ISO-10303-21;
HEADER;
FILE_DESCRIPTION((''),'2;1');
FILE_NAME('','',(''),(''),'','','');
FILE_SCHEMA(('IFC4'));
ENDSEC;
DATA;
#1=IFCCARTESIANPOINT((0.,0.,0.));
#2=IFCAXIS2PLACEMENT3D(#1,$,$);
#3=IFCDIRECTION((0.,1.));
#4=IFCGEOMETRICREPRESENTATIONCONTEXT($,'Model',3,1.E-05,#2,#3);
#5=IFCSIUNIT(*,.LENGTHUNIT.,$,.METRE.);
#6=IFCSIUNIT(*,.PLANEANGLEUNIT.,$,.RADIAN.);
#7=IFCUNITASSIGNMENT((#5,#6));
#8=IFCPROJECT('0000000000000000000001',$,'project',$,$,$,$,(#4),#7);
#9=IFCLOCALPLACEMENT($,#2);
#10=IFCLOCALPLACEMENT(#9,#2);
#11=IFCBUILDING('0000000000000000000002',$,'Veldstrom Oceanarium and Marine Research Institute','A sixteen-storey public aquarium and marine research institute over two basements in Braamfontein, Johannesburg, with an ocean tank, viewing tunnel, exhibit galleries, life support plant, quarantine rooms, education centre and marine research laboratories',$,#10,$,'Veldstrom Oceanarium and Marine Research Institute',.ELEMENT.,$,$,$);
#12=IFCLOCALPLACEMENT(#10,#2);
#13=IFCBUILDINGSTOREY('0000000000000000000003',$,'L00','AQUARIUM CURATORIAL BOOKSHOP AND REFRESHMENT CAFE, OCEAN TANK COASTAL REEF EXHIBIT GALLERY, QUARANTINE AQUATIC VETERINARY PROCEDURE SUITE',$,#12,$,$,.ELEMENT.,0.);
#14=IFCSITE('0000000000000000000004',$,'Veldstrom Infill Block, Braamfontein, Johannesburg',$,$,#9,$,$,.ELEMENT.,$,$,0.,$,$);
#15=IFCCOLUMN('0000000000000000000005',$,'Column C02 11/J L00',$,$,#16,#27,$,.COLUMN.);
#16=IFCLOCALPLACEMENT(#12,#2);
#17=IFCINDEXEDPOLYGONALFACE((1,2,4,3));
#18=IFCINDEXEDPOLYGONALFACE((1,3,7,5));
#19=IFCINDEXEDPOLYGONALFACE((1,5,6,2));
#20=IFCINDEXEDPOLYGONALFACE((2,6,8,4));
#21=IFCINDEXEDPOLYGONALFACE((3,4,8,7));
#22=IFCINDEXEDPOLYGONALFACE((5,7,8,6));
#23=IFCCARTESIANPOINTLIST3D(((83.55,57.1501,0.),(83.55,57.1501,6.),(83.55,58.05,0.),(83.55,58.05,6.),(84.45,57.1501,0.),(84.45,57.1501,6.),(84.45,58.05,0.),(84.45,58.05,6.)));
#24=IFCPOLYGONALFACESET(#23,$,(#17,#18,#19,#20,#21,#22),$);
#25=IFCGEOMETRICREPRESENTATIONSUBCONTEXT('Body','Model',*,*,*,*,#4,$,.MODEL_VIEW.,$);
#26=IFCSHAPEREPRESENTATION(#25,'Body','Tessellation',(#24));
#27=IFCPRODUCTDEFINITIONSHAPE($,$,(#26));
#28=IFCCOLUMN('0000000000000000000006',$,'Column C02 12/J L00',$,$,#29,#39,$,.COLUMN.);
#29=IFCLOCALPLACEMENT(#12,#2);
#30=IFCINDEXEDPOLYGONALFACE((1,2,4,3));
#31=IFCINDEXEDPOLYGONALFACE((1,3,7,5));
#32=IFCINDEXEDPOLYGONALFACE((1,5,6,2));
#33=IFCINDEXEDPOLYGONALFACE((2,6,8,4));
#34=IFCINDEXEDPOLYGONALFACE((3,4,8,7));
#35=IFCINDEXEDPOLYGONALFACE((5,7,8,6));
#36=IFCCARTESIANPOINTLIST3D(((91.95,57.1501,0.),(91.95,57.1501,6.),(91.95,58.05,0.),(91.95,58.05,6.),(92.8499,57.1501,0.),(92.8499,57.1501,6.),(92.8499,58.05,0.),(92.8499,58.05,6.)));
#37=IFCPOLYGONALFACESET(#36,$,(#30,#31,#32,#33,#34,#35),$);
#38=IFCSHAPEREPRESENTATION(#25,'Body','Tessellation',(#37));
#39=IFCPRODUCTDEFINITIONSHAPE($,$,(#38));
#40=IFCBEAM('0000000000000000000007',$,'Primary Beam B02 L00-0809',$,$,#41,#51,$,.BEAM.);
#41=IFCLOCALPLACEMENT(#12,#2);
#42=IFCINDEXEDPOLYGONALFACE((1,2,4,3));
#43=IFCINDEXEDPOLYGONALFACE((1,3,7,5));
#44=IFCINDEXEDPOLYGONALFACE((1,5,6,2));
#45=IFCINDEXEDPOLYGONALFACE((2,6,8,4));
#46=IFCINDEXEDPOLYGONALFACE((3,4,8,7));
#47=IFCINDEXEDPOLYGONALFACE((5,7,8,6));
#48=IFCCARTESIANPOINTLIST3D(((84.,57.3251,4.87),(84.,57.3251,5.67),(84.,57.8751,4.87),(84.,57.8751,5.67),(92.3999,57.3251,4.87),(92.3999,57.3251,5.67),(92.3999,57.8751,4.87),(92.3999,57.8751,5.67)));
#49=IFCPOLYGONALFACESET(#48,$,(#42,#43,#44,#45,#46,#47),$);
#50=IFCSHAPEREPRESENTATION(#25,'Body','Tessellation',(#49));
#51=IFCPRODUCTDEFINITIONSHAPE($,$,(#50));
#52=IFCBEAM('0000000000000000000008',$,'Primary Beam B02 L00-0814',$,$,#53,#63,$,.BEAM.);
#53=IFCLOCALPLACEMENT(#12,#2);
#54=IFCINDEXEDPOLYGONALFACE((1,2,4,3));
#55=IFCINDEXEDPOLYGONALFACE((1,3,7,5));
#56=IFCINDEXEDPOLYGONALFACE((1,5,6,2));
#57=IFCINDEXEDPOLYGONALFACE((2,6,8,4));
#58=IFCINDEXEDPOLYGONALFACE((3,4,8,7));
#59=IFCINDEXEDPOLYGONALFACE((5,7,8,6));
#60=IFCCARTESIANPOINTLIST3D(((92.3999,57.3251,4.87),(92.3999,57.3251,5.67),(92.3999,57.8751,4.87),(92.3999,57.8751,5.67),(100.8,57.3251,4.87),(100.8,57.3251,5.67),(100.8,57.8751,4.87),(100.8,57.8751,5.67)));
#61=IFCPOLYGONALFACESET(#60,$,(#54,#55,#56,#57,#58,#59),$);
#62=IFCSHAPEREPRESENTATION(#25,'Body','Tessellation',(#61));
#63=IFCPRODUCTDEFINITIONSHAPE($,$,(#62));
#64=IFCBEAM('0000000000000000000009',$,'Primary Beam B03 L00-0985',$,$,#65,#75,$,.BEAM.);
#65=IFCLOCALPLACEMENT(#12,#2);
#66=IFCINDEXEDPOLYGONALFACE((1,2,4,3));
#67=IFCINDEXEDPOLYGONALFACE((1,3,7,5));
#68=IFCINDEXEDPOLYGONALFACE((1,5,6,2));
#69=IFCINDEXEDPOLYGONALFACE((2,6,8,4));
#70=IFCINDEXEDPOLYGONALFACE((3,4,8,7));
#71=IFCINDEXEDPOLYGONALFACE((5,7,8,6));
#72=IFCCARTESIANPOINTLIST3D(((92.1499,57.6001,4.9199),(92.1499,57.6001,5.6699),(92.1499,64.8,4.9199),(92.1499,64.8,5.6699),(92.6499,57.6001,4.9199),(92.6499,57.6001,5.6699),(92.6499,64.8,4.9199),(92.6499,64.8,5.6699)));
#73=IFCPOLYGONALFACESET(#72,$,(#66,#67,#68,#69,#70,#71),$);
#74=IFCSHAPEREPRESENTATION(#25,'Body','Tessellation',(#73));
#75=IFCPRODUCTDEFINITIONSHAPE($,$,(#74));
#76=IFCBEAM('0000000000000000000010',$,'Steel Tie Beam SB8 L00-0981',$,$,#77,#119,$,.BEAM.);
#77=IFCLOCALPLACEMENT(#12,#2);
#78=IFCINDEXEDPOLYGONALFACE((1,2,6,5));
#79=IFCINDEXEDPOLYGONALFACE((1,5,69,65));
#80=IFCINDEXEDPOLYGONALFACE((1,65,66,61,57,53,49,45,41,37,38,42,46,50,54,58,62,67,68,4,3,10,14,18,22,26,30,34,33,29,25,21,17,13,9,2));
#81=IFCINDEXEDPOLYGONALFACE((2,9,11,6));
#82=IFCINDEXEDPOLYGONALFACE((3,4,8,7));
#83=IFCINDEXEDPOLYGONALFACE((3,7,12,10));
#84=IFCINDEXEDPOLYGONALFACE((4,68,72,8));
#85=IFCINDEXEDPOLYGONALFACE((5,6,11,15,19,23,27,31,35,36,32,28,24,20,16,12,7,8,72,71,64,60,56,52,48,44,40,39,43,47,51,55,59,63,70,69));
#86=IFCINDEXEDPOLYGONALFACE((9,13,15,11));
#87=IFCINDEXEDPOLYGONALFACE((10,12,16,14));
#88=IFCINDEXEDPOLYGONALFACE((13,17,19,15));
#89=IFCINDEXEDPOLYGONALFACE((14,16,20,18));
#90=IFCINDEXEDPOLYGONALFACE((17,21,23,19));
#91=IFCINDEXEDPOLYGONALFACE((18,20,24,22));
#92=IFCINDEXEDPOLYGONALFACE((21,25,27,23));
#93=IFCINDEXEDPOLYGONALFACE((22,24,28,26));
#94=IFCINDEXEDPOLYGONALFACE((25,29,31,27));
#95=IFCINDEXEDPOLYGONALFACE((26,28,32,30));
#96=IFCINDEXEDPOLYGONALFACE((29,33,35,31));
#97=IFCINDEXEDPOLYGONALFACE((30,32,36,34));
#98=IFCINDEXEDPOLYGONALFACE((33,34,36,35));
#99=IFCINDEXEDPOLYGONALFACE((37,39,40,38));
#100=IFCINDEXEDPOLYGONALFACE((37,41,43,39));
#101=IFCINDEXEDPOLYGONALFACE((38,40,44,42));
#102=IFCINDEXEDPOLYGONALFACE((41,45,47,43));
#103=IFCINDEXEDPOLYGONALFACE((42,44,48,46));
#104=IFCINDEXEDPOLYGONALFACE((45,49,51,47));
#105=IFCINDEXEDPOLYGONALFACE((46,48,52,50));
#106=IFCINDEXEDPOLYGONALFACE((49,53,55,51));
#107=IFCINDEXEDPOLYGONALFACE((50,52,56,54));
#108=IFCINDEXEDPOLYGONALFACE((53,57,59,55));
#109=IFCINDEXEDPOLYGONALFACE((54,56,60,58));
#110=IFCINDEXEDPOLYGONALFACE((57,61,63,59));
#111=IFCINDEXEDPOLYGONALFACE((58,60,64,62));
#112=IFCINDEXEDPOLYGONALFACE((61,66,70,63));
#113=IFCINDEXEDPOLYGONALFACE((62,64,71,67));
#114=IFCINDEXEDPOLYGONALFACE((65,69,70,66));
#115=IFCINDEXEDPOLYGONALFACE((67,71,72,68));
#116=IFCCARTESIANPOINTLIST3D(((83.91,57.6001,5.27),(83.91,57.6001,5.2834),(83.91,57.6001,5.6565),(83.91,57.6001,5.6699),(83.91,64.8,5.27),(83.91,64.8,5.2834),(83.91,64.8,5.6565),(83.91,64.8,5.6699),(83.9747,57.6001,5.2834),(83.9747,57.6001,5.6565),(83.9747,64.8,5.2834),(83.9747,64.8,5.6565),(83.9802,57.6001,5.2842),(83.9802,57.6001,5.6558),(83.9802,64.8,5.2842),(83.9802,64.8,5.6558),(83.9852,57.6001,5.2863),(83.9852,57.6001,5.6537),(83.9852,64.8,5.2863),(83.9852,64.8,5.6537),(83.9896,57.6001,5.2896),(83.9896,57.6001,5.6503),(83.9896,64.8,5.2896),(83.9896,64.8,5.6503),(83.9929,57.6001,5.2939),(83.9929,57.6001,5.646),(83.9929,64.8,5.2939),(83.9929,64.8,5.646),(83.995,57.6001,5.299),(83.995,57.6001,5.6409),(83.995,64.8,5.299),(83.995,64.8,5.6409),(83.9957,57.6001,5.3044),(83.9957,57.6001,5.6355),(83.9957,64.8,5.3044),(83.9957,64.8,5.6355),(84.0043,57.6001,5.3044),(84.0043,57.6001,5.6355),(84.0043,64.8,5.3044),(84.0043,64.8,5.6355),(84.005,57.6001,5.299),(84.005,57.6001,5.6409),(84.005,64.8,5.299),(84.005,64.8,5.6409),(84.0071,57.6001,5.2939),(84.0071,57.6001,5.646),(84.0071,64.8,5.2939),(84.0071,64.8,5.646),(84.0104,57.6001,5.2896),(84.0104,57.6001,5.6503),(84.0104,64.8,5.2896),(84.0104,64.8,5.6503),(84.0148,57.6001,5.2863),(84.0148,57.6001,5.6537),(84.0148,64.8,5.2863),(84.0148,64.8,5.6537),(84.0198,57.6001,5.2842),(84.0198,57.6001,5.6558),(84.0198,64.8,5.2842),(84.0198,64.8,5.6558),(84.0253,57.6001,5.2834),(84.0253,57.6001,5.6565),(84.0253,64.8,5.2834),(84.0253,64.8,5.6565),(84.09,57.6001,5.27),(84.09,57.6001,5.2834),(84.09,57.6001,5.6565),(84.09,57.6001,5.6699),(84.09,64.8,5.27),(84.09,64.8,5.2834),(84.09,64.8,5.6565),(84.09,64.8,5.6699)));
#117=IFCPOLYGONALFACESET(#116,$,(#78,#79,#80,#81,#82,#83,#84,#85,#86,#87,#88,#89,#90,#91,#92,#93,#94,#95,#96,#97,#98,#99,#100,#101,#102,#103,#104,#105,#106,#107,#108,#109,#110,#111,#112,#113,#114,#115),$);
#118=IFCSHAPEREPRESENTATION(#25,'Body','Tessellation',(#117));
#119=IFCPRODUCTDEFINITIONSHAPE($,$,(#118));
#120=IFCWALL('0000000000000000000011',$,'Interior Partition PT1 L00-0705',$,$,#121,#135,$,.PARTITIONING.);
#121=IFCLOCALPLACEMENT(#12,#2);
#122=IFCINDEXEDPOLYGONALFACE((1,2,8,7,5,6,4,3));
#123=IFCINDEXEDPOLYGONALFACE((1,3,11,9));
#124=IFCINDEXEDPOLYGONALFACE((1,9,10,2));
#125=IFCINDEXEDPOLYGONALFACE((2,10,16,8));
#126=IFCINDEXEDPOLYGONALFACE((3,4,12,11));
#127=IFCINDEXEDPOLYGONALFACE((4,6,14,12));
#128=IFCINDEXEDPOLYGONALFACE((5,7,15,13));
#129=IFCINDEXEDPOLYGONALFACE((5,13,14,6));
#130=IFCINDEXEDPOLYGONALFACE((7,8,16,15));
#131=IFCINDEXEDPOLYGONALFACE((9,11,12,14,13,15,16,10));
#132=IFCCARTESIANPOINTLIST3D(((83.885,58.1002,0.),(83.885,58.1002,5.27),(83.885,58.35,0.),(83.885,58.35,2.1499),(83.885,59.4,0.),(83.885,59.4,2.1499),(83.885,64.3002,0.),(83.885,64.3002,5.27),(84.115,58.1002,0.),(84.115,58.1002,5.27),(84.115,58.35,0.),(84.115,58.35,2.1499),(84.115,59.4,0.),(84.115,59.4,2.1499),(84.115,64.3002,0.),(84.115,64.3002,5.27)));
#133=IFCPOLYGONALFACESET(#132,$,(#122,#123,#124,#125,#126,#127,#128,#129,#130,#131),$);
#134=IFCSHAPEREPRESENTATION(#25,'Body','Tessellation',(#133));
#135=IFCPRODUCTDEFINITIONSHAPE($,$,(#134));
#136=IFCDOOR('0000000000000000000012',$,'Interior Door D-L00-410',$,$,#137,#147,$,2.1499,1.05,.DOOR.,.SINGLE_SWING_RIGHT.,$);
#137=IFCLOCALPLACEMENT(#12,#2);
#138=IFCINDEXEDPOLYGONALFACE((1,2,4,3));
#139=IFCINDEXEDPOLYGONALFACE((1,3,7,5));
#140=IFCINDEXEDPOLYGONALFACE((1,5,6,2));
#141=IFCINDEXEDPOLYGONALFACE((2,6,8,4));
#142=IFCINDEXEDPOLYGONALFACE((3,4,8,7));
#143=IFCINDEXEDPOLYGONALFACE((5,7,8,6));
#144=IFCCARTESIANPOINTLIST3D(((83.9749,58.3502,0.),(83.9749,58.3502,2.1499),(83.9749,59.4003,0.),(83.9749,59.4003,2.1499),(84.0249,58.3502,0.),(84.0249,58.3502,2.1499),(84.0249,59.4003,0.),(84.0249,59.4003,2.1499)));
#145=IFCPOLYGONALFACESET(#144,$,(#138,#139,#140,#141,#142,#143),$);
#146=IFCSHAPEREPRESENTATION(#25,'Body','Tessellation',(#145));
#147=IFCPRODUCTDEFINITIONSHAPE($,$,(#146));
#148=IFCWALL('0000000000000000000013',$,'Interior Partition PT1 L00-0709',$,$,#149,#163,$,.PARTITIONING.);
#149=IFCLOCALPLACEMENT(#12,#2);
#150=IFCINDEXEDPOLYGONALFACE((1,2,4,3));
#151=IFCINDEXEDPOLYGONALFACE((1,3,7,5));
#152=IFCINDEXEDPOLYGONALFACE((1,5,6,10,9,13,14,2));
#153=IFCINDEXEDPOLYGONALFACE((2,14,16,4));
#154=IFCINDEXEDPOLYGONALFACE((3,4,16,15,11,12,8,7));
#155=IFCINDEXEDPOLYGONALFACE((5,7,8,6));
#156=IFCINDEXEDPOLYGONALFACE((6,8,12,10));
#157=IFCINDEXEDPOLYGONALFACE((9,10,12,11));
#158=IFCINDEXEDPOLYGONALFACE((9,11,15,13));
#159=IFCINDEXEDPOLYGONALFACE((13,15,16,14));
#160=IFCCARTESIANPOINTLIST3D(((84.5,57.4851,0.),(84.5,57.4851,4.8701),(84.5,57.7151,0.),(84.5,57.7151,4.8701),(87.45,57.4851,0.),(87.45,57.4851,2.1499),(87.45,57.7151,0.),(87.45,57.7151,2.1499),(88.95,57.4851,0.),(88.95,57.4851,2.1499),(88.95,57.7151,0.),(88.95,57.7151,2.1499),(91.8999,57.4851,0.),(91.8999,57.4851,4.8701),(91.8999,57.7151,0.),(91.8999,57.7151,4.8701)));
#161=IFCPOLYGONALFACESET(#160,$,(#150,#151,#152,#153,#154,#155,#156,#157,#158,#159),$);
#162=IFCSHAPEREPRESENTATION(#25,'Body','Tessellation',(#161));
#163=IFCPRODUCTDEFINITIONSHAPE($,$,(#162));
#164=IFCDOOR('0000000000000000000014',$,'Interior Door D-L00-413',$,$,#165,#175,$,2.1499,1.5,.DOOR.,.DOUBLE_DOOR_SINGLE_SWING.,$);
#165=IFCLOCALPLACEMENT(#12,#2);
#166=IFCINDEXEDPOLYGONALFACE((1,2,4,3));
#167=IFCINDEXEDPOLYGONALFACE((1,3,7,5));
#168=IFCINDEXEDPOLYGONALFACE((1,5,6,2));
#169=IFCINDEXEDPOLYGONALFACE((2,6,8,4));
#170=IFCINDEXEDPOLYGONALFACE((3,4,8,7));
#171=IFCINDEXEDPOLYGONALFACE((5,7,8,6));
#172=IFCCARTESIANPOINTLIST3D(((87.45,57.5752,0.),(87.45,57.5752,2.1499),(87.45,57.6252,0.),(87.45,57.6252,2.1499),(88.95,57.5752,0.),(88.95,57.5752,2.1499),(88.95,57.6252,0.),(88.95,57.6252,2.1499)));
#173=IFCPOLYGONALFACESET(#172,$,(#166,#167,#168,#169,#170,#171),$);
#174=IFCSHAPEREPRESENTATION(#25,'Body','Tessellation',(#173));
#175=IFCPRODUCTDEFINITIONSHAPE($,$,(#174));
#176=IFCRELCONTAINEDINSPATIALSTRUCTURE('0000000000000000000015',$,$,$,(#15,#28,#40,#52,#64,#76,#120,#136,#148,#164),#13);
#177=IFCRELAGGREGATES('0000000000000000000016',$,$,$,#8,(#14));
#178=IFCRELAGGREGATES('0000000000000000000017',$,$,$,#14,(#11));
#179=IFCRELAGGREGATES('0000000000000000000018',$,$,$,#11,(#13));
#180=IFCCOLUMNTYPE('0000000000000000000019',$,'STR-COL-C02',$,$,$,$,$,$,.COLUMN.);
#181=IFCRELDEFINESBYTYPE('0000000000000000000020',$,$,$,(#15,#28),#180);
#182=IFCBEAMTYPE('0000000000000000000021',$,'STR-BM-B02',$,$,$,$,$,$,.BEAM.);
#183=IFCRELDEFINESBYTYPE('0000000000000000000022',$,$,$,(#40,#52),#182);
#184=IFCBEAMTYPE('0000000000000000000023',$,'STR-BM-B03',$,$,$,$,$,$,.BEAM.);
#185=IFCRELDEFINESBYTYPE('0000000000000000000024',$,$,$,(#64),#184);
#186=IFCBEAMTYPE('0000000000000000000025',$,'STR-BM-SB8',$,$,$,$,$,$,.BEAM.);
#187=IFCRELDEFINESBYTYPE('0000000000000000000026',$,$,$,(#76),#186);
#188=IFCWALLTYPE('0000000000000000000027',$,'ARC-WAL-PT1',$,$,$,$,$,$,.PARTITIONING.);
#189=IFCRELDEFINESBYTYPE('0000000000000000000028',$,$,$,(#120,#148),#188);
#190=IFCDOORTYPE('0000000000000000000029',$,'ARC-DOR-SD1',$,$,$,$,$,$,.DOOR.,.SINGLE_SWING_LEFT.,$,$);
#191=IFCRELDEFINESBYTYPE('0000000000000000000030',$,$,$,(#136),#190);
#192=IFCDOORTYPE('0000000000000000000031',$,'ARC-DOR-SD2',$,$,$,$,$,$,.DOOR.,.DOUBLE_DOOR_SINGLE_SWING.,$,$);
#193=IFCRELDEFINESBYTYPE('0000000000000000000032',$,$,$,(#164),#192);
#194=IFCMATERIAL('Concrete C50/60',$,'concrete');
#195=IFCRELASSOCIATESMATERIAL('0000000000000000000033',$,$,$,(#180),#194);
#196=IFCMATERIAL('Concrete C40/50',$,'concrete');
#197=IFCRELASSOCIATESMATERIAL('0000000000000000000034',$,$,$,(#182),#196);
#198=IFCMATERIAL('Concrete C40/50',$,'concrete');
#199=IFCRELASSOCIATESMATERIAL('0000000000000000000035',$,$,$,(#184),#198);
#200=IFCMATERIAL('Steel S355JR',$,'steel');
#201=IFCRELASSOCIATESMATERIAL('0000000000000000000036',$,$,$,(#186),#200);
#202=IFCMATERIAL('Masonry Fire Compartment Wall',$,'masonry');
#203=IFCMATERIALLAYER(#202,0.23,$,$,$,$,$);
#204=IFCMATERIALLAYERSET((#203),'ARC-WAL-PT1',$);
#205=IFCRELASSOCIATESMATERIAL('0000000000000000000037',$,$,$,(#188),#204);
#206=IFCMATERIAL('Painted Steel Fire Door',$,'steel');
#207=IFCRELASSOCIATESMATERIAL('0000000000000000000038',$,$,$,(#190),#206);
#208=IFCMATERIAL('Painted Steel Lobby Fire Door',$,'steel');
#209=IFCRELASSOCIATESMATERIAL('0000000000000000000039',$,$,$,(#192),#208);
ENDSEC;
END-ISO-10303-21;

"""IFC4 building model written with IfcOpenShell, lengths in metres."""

from ifc_helpers import new_model, si_unit, direction, frame, frame_2d, origin, origin_2d, place, context, subcontext, project, spatial, rectangle, i_section, extrude, material, layer, layer_set, material_profile, profile_set, type_object, element, fill, save


model = new_model("IFC4")

# Units and contexts
model_context = context("Model", 3, precision=1e-05, world=origin(), true_north=direction((0.0, 1.0)))
body_context = subcontext(model_context, "Body", "Model", "MODEL_VIEW")
ifc_project = project(units=[si_unit("LENGTHUNIT", "METRE"), si_unit("PLANEANGLEUNIT", "RADIAN")], contexts=[model_context])

# Site, building, storey
site_placement = place(None, origin())
site = spatial("IfcSite", under=ifc_project, at=site_placement, Name="Veldstrom Infill Block, Braamfontein, Johannesburg", CompositionType="ELEMENT", RefElevation=0.0)
building_placement = place(site_placement, origin())
building = spatial("IfcBuilding", under=site, at=building_placement, Name="Veldstrom Oceanarium and Marine Research Institute", Description="A sixteen-storey public aquarium and marine research institute over two basements in Braamfontein, Johannesburg, with an ocean tank, viewing tunnel, exhibit galleries, life support plant, quarantine rooms, education centre and marine research laboratories", LongName="Veldstrom Oceanarium and Marine Research Institute", CompositionType="ELEMENT")
storey_placement = place(building_placement, origin())
storey = spatial("IfcBuildingStorey", under=building, at=storey_placement, Name="L00", Description="AQUARIUM CURATORIAL BOOKSHOP AND REFRESHMENT CAFE, OCEAN TANK COASTAL REEF EXHIBIT GALLERY, QUARANTINE AQUATIC VETERINARY PROCEDURE SUITE", CompositionType="ELEMENT", Elevation=0.0)

# Columns
ifc_material_1 = material(Name="Concrete C50/60", Category="concrete")
ifc_material_profile_1 = material_profile(ifc_material_1, rectangle(XDim=0.8999, YDim=0.8999, at=origin_2d()), Name="RC-COL-900x900")
ifc_profile_set_1 = profile_set([ifc_material_profile_1], Name="Concrete C50/60")
column_type = type_object("IfcColumnType", Name="STR-COL-C02", PredefinedType="COLUMN", material=ifc_profile_set_1)
for number, where, z_axis, x_axis, name in (
    (1, (84.0, 57.6001, 0.0), (0.0, 0.0, 1.0), (1.0, 0.0, 0.0), "Column C02 11/J L00"),
    (2, (92.3999, 57.6001, 0.0), (0.0, 0.0, 1.0), (1.0, 0.0, 0.0), "Column C02 12/J L00"),
):
    element("IfcColumn", number, at=place(storey_placement, frame(where, z_axis=z_axis, x_axis=x_axis)), inside=storey, type_object=column_type, Name=name, PredefinedType="COLUMN", context=body_context, shape_type="SweptSolid", body=[
        extrude(rectangle(XDim=0.8999, YDim=0.8999, at=origin_2d()), origin(), (0.0, 0.0, 1.0), 6.0),
    ])

# Beams
ifc_material_2 = material(Name="Concrete C40/50", Category="concrete")
ifc_material_profile_2 = material_profile(ifc_material_2, rectangle(XDim=0.55, YDim=0.8, at=origin_2d()), Name="RC-BM-550x800")
ifc_profile_set_2 = profile_set([ifc_material_profile_2], Name="Concrete C40/50")
beam_type_1 = type_object("IfcBeamType", Name="STR-BM-B02", PredefinedType="BEAM", material=ifc_profile_set_2)
beam_1_placement = place(storey_placement, frame((84.0, 57.6001, 5.27), z_axis=(1.0, 0.0, 0.0), x_axis=(0.0, 1.0, 0.0)))
element("IfcBeam", 3, at=beam_1_placement, inside=storey, type_object=beam_type_1, Name="Primary Beam B02 L00-0809", PredefinedType="BEAM", context=body_context, shape_type="SweptSolid", body=[
    extrude(rectangle(XDim=0.55, YDim=0.8, at=origin_2d()), origin(), (0.0, 0.0, 1.0), 8.3999),
])
beam_2_placement = place(storey_placement, frame((92.3999, 57.6001, 5.27), z_axis=(1.0, 0.0, 0.0), x_axis=(0.0, 1.0, 0.0)))
element("IfcBeam", 4, at=beam_2_placement, inside=storey, type_object=beam_type_1, Name="Primary Beam B02 L00-0814", PredefinedType="BEAM", context=body_context, shape_type="SweptSolid", body=[
    extrude(rectangle(XDim=0.55, YDim=0.8, at=origin_2d()), origin(), (0.0, 0.0, 1.0), 8.4001),
])
ifc_material_3 = material(Name="Concrete C40/50", Category="concrete")
ifc_material_profile_3 = material_profile(ifc_material_3, rectangle(XDim=0.5, YDim=0.75, at=origin_2d()), Name="RC-BM-500x750")
ifc_profile_set_3 = profile_set([ifc_material_profile_3], Name="Concrete C40/50")
beam_type_2 = type_object("IfcBeamType", Name="STR-BM-B03", PredefinedType="BEAM", material=ifc_profile_set_3)
beam_3_placement = place(storey_placement, frame((92.3999, 57.6001, 5.2949), z_axis=(0.0, 1.0, 0.0), x_axis=(-1.0, 0.0, 0.0)))
element("IfcBeam", 5, at=beam_3_placement, inside=storey, type_object=beam_type_2, Name="Primary Beam B03 L00-0985", PredefinedType="BEAM", context=body_context, shape_type="SweptSolid", body=[
    extrude(rectangle(XDim=0.5, YDim=0.75, at=origin_2d()), origin(), (0.0, 0.0, 1.0), 7.2),
])
ifc_material_4 = material(Name="Steel S355JR", Category="steel")
ifc_material_profile_4 = material_profile(ifc_material_4, i_section(OverallWidth=0.1799, OverallDepth=0.3999, WebThickness=0.0085, FlangeThickness=0.0134, FilletRadius=0.021, at=origin_2d()), Name="IPE 400")
ifc_profile_set_4 = profile_set([ifc_material_profile_4], Name="Steel S355JR")
beam_type_3 = type_object("IfcBeamType", Name="STR-BM-SB8", PredefinedType="BEAM", material=ifc_profile_set_4)
beam_4_placement = place(storey_placement, frame((84.0, 57.6001, 5.47), z_axis=(0.0, 1.0, 0.0), x_axis=(-1.0, 0.0, 0.0)))
element("IfcBeam", 6, at=beam_4_placement, inside=storey, type_object=beam_type_3, Name="Steel Tie Beam SB8 L00-0981", PredefinedType="BEAM", context=body_context, shape_type="SweptSolid", body=[
    extrude(i_section(OverallWidth=0.1799, OverallDepth=0.3999, WebThickness=0.0085, FlangeThickness=0.0134, FilletRadius=0.021, at=origin_2d()), origin(), (0.0, 0.0, 1.0), 7.2),
])

# Walls, openings, doors
ifc_material_5 = material(Name="Masonry Fire Compartment Wall", Category="masonry")
ifc_layer_1 = layer(ifc_material_5, 0.23)
ifc_layer_set_1 = layer_set([ifc_layer_1], Name="ARC-WAL-PT1")
wall_type_1 = type_object("IfcWallType", Name="ARC-WAL-PT1", PredefinedType="PARTITIONING", material=ifc_layer_set_1)
wall_1_placement = place(storey_placement, frame((84.0, 58.1001, 0.0), z_axis=(0.0, 0.0, 1.0), x_axis=(0.0, 1.0, 0.0)))
wall_1 = element("IfcWall", 7, at=wall_1_placement, inside=storey, type_object=wall_type_1, Name="Interior Partition PT1 L00-0705", PredefinedType="PARTITIONING", context=body_context, shape_type="SweptSolid", body=[
    extrude(rectangle(XDim=6.2, YDim=0.23, at=frame_2d((3.1001, 0.0))), origin(), (0.0, 0.0, 1.0), 5.27),
])
opening_1_placement = place(wall_1_placement, frame((0.25, 0.0, 0.0)))
opening_1 = element("IfcOpeningElement", 8, at=opening_1_placement, cuts=wall_1, PredefinedType="OPENING", context=body_context, shape_type="SweptSolid", body=[
    extrude(rectangle(XDim=1.05, YDim=2.1499, at=frame_2d((0.5249, 1.075))), frame((0.0, 0.125, 0.0), z_axis=(0.0, -1.0, 0.0), x_axis=(1.0, 0.0, 0.0)), (0.0, 0.0, 1.0), 0.25),
])
ifc_material_6 = material(Name="Painted Steel Fire Door", Category="steel")
door_type_1 = type_object("IfcDoorType", Name="ARC-DOR-SD1", OperationType="SINGLE_SWING_LEFT", PredefinedType="DOOR", material=ifc_material_6)
door_1_placement = place(opening_1_placement, frame((1.05, 0.0, 0.0), z_axis=(0.0, 0.0, 1.0), x_axis=(-1.0, 0.0, 0.0)))
door_1 = element("IfcDoor", 9, at=door_1_placement, inside=storey, type_object=door_type_1, Name="Interior Door D-L00-410", OperationType="SINGLE_SWING_RIGHT", OverallHeight=2.1499, OverallWidth=1.05, PredefinedType="DOOR", context=body_context, shape_type="SweptSolid", body=[
    extrude(rectangle(XDim=1.05, YDim=2.1499, at=frame_2d((0.5249, 1.075))), frame((0.0, 0.0249, 0.0), z_axis=(0.0, -1.0, 0.0), x_axis=(1.0, 0.0, 0.0)), (0.0, 0.0, 1.0), 0.05),
])
fill(opening_1, door_1)
wall_2_placement = place(storey_placement, frame((84.5, 57.6001, 0.0), z_axis=(0.0, 0.0, 1.0), x_axis=(1.0, 0.0, 0.0)))
wall_2 = element("IfcWall", 10, at=wall_2_placement, inside=storey, type_object=wall_type_1, Name="Interior Partition PT1 L00-0709", PredefinedType="PARTITIONING", context=body_context, shape_type="SweptSolid", body=[
    extrude(rectangle(XDim=7.3999, YDim=0.23, at=frame_2d((3.7, 0.0))), origin(), (0.0, 0.0, 1.0), 4.8701),
])
opening_2_placement = place(wall_2_placement, frame((2.95, 0.0, 0.0)))
opening_2 = element("IfcOpeningElement", 11, at=opening_2_placement, cuts=wall_2, PredefinedType="OPENING", context=body_context, shape_type="SweptSolid", body=[
    extrude(rectangle(XDim=1.5, YDim=2.1499, at=frame_2d((0.75, 1.075))), frame((0.0, 0.125, 0.0), z_axis=(0.0, -1.0, 0.0), x_axis=(1.0, 0.0, 0.0)), (0.0, 0.0, 1.0), 0.25),
])
ifc_material_7 = material(Name="Painted Steel Lobby Fire Door", Category="steel")
door_type_2 = type_object("IfcDoorType", Name="ARC-DOR-SD2", OperationType="DOUBLE_DOOR_SINGLE_SWING", PredefinedType="DOOR", material=ifc_material_7)
door_2_placement = place(opening_2_placement, frame((1.5, 0.0, 0.0), z_axis=(0.0, 0.0, 1.0), x_axis=(-1.0, 0.0, 0.0)))
door_2 = element("IfcDoor", 12, at=door_2_placement, inside=storey, type_object=door_type_2, Name="Interior Door D-L00-413", OperationType="DOUBLE_DOOR_SINGLE_SWING", OverallHeight=2.1499, OverallWidth=1.5, PredefinedType="DOOR", context=body_context, shape_type="SweptSolid", body=[
    extrude(rectangle(XDim=1.5, YDim=2.1499, at=frame_2d((0.75, 1.075))), frame((0.0, 0.0249, 0.0), z_axis=(0.0, -1.0, 0.0), x_axis=(1.0, 0.0, 0.0)), (0.0, 0.0, 1.0), 0.05),
])
fill(opening_2, door_2)

save(model, "model.ifc")
